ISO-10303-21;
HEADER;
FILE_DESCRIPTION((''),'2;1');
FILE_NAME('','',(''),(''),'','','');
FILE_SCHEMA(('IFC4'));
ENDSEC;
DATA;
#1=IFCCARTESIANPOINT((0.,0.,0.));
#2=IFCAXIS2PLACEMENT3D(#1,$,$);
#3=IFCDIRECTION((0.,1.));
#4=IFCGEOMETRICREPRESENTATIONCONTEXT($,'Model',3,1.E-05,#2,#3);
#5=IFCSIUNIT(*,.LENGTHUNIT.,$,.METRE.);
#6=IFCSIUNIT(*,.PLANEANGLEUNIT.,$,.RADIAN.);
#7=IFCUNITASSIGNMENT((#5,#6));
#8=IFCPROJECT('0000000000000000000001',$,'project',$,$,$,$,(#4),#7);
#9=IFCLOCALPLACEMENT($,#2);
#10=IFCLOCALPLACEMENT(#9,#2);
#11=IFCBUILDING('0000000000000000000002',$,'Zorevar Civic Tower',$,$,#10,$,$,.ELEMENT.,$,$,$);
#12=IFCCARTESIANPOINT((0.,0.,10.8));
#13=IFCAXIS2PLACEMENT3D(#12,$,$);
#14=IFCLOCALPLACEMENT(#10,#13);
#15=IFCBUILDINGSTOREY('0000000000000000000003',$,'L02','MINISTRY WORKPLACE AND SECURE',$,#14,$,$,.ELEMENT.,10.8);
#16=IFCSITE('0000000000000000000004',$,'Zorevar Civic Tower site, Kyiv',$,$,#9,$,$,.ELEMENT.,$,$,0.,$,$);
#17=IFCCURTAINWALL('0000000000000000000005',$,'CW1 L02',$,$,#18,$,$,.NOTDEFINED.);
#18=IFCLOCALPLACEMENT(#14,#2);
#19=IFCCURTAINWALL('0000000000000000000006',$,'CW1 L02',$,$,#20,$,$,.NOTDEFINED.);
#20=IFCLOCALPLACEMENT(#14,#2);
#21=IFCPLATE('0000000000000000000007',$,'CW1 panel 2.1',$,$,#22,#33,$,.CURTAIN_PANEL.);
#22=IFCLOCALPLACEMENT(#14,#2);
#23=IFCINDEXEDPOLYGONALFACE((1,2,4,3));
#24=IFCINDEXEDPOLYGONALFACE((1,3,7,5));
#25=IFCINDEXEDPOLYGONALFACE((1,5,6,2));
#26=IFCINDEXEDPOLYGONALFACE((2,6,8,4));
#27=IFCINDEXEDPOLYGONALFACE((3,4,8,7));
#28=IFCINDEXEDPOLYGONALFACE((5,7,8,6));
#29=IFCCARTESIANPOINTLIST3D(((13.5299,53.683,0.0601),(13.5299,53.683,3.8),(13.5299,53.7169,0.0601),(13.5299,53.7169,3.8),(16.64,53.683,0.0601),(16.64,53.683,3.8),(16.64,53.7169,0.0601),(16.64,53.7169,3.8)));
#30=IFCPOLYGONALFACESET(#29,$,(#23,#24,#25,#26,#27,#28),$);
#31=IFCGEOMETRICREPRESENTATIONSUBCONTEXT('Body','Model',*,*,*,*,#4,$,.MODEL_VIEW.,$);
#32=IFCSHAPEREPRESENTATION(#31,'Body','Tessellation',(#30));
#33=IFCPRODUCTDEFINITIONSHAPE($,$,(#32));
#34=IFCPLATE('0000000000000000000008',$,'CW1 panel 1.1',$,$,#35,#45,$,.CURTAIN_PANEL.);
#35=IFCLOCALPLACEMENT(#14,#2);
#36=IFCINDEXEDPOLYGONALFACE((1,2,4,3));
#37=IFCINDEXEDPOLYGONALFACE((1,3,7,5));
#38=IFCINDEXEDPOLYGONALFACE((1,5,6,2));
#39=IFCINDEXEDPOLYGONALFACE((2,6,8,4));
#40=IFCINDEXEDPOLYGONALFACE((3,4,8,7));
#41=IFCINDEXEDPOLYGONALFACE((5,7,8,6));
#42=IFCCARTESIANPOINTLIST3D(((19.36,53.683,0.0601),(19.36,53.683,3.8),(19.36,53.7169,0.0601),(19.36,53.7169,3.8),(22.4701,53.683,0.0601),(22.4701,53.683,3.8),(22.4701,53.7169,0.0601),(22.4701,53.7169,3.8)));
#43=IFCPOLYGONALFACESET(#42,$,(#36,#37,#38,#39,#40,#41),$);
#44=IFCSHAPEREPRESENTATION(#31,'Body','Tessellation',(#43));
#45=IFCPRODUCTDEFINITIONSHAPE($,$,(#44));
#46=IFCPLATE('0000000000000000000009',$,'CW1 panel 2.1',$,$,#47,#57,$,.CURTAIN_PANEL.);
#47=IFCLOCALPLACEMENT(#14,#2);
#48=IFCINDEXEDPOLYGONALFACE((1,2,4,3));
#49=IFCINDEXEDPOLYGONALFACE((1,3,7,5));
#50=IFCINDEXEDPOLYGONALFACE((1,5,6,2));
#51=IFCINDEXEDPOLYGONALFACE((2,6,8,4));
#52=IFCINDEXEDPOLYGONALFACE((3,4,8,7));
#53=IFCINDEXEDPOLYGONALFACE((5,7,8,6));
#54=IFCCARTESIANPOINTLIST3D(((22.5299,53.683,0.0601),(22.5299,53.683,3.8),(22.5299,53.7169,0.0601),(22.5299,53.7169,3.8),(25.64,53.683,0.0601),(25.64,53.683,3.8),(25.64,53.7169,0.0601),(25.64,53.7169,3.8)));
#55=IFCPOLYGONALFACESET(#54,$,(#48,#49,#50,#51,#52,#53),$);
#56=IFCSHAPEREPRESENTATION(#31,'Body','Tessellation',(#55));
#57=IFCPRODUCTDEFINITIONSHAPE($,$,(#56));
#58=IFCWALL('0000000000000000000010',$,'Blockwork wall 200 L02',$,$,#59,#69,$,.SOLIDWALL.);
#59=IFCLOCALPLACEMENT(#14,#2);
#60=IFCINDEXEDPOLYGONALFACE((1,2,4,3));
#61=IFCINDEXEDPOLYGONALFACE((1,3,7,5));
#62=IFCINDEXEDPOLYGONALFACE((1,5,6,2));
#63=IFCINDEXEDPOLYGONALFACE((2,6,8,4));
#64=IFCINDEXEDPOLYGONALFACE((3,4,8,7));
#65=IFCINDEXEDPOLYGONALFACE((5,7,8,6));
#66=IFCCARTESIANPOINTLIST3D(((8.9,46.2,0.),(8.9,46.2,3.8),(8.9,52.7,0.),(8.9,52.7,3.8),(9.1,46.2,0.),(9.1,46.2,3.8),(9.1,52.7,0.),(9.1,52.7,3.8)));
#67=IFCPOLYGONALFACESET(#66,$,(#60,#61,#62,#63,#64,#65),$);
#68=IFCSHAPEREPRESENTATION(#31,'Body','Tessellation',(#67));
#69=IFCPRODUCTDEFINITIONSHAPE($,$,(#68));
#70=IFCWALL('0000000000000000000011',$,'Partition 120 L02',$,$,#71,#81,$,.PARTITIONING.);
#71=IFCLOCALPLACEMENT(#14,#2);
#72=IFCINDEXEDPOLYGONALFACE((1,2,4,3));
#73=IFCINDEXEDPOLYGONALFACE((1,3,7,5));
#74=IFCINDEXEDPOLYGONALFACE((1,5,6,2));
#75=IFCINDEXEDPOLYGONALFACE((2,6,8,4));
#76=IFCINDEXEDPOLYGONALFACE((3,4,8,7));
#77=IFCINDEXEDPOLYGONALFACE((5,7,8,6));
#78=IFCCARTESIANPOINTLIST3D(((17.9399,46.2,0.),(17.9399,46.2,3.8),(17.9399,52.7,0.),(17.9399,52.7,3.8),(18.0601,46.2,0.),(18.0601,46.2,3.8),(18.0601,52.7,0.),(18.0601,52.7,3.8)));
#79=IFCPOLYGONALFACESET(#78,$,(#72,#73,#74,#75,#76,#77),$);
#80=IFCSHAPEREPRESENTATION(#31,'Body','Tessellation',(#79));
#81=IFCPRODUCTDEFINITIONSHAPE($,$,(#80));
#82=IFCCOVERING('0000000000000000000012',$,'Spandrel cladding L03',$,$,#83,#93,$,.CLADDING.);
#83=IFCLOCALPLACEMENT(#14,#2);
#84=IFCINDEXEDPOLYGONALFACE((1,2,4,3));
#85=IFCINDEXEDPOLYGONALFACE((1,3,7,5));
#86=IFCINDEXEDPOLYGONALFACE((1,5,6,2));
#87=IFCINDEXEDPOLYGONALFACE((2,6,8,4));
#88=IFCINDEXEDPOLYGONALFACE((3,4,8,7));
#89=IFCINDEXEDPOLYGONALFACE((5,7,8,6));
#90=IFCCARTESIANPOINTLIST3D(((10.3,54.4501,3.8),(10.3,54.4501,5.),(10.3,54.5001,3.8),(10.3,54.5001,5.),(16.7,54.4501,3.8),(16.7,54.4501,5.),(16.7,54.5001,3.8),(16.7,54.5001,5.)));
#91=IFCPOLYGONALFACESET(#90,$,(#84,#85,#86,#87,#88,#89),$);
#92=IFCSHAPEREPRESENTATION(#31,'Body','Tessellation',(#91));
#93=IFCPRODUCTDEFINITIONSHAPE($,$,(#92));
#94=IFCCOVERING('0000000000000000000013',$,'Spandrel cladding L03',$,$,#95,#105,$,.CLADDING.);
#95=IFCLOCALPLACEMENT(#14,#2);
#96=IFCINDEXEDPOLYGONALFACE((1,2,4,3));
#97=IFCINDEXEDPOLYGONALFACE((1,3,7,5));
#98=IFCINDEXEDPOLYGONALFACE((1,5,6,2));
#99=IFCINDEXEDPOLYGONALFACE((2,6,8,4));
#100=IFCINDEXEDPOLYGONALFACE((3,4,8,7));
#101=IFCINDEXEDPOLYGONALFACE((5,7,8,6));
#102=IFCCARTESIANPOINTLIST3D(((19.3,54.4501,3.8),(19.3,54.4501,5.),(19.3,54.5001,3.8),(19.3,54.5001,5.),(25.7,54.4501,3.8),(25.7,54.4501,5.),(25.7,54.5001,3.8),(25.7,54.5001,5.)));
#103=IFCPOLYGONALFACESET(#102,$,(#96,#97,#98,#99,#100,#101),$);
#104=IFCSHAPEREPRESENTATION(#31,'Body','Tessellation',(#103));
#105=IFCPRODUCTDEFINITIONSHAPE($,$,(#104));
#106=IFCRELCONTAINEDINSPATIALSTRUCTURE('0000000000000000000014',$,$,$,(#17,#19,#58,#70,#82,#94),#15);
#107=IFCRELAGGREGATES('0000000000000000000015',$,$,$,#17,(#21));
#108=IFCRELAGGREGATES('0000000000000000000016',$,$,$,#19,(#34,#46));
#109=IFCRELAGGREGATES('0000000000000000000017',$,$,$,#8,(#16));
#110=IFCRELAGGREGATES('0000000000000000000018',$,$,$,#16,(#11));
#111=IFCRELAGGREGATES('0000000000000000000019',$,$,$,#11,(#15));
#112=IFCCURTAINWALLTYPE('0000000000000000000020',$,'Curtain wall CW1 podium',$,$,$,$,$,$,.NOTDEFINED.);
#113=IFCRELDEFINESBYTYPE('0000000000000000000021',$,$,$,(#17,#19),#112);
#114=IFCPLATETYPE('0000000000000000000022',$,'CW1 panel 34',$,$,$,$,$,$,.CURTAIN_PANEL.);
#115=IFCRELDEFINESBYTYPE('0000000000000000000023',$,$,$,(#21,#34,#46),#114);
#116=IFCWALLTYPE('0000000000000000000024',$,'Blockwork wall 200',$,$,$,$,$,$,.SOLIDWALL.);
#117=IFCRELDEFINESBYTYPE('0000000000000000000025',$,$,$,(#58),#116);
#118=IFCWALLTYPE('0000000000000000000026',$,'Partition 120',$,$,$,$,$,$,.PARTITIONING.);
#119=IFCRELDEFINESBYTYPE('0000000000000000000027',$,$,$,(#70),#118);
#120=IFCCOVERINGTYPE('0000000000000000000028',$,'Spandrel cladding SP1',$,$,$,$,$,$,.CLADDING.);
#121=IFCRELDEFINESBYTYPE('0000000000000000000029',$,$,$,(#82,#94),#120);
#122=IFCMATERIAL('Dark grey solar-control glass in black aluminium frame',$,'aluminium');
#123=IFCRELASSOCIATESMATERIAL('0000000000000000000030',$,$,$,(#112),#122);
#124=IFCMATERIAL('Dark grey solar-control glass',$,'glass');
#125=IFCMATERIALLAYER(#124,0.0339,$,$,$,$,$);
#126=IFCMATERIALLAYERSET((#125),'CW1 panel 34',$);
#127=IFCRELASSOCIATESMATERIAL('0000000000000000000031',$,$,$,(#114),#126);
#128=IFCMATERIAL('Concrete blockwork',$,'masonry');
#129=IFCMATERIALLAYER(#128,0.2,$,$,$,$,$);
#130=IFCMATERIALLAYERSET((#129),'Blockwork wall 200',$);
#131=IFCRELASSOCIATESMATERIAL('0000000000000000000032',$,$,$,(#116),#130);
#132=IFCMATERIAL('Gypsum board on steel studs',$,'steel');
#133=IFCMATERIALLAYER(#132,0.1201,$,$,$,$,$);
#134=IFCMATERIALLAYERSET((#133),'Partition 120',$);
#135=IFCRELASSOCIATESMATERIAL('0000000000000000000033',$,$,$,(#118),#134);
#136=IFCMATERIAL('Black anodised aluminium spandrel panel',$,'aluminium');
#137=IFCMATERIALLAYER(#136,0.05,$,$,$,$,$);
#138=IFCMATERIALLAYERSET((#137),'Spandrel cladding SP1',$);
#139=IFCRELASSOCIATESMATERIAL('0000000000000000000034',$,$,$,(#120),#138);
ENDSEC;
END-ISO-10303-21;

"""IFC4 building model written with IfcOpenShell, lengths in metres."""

from ifc_helpers import new_model, si_unit, direction, frame, frame_2d, origin, origin_2d, place, context, subcontext, project, spatial, rectangle, extrude, material, layer, layer_set, type_object, element, aggregate, save


model = new_model("IFC4")

# Units and contexts
model_context = context("Model", 3, precision=1e-05, world=origin(), true_north=direction((0.0, 1.0)))
body_context = subcontext(model_context, "Body", "Model", "MODEL_VIEW")
ifc_project = project(units=[si_unit("LENGTHUNIT", "METRE"), si_unit("PLANEANGLEUNIT", "RADIAN")], contexts=[model_context])

# Site, building, storey
site_placement = place(None, origin())
site = spatial("IfcSite", under=ifc_project, at=site_placement, Name="Zorevar Civic Tower site, Kyiv", CompositionType="ELEMENT", RefElevation=0.0)
building_placement = place(site_placement, origin())
building = spatial("IfcBuilding", under=site, at=building_placement, Name="Zorevar Civic Tower", CompositionType="ELEMENT")
storey_placement = place(building_placement, frame((0.0, 0.0, 10.8)))
storey = spatial("IfcBuildingStorey", under=building, at=storey_placement, Name="L02", Description="MINISTRY WORKPLACE AND SECURE", CompositionType="ELEMENT", Elevation=10.8)

# Curtain walls
ifc_material_1 = material(Name="Dark grey solar-control glass in black aluminium frame", Category="aluminium")
curtain_wall_type = type_object("IfcCurtainWallType", Name="Curtain wall CW1 podium", PredefinedType="NOTDEFINED", material=ifc_material_1)
curtain_wall_1_placement = place(storey_placement, origin())
curtain_wall_1 = element("IfcCurtainWall", 1, at=curtain_wall_1_placement, inside=storey, type_object=curtain_wall_type, Name="CW1 L02", PredefinedType="NOTDEFINED")
curtain_wall_2_placement = place(storey_placement, origin())
curtain_wall_2 = element("IfcCurtainWall", 2, at=curtain_wall_2_placement, inside=storey, type_object=curtain_wall_type, Name="CW1 L02", PredefinedType="NOTDEFINED")

# Plates
ifc_material_2 = material(Name="Dark grey solar-control glass", Category="glass")
ifc_layer_1 = layer(ifc_material_2, 0.0339)
ifc_layer_set_1 = layer_set([ifc_layer_1], Name="CW1 panel 34")
plate_type = type_object("IfcPlateType", Name="CW1 panel 34", PredefinedType="CURTAIN_PANEL", material=ifc_layer_set_1)
plate_1_placement = place(storey_placement, frame((15.085, 53.7, 0.0601), z_axis=(0.0, 0.0, 1.0), x_axis=(1.0, 0.0, 0.0)))
plate_1 = element("IfcPlate", 3, at=plate_1_placement, type_object=plate_type, Name="CW1 panel 2.1", PredefinedType="CURTAIN_PANEL", context=body_context, shape_type="SweptSolid", body=[
    extrude(rectangle(XDim=3.1101, YDim=0.0339, at=origin_2d()), origin(), (0.0, 0.0, 1.0), 3.74),
])
aggregate(curtain_wall_1, [plate_1])
plate_2_placement = place(storey_placement, frame((20.915, 53.7, 0.0601), z_axis=(0.0, 0.0, 1.0), x_axis=(1.0, 0.0, 0.0)))
plate_2 = element("IfcPlate", 4, at=plate_2_placement, type_object=plate_type, Name="CW1 panel 1.1", PredefinedType="CURTAIN_PANEL", context=body_context, shape_type="SweptSolid", body=[
    extrude(rectangle(XDim=3.1101, YDim=0.0339, at=origin_2d()), origin(), (0.0, 0.0, 1.0), 3.74),
])
plate_3_placement = place(storey_placement, frame((24.085, 53.7, 0.0601), z_axis=(0.0, 0.0, 1.0), x_axis=(1.0, 0.0, 0.0)))
plate_3 = element("IfcPlate", 5, at=plate_3_placement, type_object=plate_type, Name="CW1 panel 2.1", PredefinedType="CURTAIN_PANEL", context=body_context, shape_type="SweptSolid", body=[
    extrude(rectangle(XDim=3.1101, YDim=0.0339, at=origin_2d()), origin(), (0.0, 0.0, 1.0), 3.74),
])
aggregate(curtain_wall_2, [plate_2, plate_3])

# Walls
ifc_material_3 = material(Name="Concrete blockwork", Category="masonry")
ifc_layer_2 = layer(ifc_material_3, 0.2)
ifc_layer_set_2 = layer_set([ifc_layer_2], Name="Blockwork wall 200")
wall_type_1 = type_object("IfcWallType", Name="Blockwork wall 200", PredefinedType="SOLIDWALL", material=ifc_layer_set_2)
wall_1_placement = place(storey_placement, frame((9.0, 46.2, 0.0), z_axis=(0.0, 0.0, 1.0), x_axis=(0.0, 1.0, 0.0)))
element("IfcWall", 6, at=wall_1_placement, inside=storey, type_object=wall_type_1, Name="Blockwork wall 200 L02", PredefinedType="SOLIDWALL", context=body_context, shape_type="SweptSolid", body=[
    extrude(rectangle(XDim=6.5, YDim=0.2, at=frame_2d((3.25, 0.0))), origin(), (0.0, 0.0, 1.0), 3.8),
])
ifc_material_4 = material(Name="Gypsum board on steel studs", Category="steel")
ifc_layer_3 = layer(ifc_material_4, 0.1201)
ifc_layer_set_3 = layer_set([ifc_layer_3], Name="Partition 120")
wall_type_2 = type_object("IfcWallType", Name="Partition 120", PredefinedType="PARTITIONING", material=ifc_layer_set_3)
wall_2_placement = place(storey_placement, frame((18.0, 46.2, 0.0), z_axis=(0.0, 0.0, 1.0), x_axis=(0.0, 1.0, 0.0)))
element("IfcWall", 7, at=wall_2_placement, inside=storey, type_object=wall_type_2, Name="Partition 120 L02", PredefinedType="PARTITIONING", context=body_context, shape_type="SweptSolid", body=[
    extrude(rectangle(XDim=6.5, YDim=0.1201, at=frame_2d((3.25, 0.0))), origin(), (0.0, 0.0, 1.0), 3.8),
])

# Coverings
ifc_material_5 = material(Name="Black anodised aluminium spandrel panel", Category="aluminium")
ifc_layer_4 = layer(ifc_material_5, 0.05)
ifc_layer_set_4 = layer_set([ifc_layer_4], Name="Spandrel cladding SP1")
covering_type = type_object("IfcCoveringType", Name="Spandrel cladding SP1", PredefinedType="CLADDING", material=ifc_layer_set_4)
for number, where, z_axis, x_axis, name in (
    (8, (10.3, 54.4751, 3.8), (0.0, 0.0, 1.0), (1.0, 0.0, 0.0), "Spandrel cladding L03"),
    (9, (19.3, 54.4751, 3.8), (0.0, 0.0, 1.0), (1.0, 0.0, 0.0), "Spandrel cladding L03"),
):
    element("IfcCovering", number, at=place(storey_placement, frame(where, z_axis=z_axis, x_axis=x_axis)), inside=storey, type_object=covering_type, Name=name, PredefinedType="CLADDING", context=body_context, shape_type="SweptSolid", body=[
        extrude(rectangle(XDim=6.3999, YDim=0.05, at=frame_2d((3.2, 0.0))), origin(), (0.0, 0.0, 1.0), 1.2),
    ])

save(model, "model.ifc")
